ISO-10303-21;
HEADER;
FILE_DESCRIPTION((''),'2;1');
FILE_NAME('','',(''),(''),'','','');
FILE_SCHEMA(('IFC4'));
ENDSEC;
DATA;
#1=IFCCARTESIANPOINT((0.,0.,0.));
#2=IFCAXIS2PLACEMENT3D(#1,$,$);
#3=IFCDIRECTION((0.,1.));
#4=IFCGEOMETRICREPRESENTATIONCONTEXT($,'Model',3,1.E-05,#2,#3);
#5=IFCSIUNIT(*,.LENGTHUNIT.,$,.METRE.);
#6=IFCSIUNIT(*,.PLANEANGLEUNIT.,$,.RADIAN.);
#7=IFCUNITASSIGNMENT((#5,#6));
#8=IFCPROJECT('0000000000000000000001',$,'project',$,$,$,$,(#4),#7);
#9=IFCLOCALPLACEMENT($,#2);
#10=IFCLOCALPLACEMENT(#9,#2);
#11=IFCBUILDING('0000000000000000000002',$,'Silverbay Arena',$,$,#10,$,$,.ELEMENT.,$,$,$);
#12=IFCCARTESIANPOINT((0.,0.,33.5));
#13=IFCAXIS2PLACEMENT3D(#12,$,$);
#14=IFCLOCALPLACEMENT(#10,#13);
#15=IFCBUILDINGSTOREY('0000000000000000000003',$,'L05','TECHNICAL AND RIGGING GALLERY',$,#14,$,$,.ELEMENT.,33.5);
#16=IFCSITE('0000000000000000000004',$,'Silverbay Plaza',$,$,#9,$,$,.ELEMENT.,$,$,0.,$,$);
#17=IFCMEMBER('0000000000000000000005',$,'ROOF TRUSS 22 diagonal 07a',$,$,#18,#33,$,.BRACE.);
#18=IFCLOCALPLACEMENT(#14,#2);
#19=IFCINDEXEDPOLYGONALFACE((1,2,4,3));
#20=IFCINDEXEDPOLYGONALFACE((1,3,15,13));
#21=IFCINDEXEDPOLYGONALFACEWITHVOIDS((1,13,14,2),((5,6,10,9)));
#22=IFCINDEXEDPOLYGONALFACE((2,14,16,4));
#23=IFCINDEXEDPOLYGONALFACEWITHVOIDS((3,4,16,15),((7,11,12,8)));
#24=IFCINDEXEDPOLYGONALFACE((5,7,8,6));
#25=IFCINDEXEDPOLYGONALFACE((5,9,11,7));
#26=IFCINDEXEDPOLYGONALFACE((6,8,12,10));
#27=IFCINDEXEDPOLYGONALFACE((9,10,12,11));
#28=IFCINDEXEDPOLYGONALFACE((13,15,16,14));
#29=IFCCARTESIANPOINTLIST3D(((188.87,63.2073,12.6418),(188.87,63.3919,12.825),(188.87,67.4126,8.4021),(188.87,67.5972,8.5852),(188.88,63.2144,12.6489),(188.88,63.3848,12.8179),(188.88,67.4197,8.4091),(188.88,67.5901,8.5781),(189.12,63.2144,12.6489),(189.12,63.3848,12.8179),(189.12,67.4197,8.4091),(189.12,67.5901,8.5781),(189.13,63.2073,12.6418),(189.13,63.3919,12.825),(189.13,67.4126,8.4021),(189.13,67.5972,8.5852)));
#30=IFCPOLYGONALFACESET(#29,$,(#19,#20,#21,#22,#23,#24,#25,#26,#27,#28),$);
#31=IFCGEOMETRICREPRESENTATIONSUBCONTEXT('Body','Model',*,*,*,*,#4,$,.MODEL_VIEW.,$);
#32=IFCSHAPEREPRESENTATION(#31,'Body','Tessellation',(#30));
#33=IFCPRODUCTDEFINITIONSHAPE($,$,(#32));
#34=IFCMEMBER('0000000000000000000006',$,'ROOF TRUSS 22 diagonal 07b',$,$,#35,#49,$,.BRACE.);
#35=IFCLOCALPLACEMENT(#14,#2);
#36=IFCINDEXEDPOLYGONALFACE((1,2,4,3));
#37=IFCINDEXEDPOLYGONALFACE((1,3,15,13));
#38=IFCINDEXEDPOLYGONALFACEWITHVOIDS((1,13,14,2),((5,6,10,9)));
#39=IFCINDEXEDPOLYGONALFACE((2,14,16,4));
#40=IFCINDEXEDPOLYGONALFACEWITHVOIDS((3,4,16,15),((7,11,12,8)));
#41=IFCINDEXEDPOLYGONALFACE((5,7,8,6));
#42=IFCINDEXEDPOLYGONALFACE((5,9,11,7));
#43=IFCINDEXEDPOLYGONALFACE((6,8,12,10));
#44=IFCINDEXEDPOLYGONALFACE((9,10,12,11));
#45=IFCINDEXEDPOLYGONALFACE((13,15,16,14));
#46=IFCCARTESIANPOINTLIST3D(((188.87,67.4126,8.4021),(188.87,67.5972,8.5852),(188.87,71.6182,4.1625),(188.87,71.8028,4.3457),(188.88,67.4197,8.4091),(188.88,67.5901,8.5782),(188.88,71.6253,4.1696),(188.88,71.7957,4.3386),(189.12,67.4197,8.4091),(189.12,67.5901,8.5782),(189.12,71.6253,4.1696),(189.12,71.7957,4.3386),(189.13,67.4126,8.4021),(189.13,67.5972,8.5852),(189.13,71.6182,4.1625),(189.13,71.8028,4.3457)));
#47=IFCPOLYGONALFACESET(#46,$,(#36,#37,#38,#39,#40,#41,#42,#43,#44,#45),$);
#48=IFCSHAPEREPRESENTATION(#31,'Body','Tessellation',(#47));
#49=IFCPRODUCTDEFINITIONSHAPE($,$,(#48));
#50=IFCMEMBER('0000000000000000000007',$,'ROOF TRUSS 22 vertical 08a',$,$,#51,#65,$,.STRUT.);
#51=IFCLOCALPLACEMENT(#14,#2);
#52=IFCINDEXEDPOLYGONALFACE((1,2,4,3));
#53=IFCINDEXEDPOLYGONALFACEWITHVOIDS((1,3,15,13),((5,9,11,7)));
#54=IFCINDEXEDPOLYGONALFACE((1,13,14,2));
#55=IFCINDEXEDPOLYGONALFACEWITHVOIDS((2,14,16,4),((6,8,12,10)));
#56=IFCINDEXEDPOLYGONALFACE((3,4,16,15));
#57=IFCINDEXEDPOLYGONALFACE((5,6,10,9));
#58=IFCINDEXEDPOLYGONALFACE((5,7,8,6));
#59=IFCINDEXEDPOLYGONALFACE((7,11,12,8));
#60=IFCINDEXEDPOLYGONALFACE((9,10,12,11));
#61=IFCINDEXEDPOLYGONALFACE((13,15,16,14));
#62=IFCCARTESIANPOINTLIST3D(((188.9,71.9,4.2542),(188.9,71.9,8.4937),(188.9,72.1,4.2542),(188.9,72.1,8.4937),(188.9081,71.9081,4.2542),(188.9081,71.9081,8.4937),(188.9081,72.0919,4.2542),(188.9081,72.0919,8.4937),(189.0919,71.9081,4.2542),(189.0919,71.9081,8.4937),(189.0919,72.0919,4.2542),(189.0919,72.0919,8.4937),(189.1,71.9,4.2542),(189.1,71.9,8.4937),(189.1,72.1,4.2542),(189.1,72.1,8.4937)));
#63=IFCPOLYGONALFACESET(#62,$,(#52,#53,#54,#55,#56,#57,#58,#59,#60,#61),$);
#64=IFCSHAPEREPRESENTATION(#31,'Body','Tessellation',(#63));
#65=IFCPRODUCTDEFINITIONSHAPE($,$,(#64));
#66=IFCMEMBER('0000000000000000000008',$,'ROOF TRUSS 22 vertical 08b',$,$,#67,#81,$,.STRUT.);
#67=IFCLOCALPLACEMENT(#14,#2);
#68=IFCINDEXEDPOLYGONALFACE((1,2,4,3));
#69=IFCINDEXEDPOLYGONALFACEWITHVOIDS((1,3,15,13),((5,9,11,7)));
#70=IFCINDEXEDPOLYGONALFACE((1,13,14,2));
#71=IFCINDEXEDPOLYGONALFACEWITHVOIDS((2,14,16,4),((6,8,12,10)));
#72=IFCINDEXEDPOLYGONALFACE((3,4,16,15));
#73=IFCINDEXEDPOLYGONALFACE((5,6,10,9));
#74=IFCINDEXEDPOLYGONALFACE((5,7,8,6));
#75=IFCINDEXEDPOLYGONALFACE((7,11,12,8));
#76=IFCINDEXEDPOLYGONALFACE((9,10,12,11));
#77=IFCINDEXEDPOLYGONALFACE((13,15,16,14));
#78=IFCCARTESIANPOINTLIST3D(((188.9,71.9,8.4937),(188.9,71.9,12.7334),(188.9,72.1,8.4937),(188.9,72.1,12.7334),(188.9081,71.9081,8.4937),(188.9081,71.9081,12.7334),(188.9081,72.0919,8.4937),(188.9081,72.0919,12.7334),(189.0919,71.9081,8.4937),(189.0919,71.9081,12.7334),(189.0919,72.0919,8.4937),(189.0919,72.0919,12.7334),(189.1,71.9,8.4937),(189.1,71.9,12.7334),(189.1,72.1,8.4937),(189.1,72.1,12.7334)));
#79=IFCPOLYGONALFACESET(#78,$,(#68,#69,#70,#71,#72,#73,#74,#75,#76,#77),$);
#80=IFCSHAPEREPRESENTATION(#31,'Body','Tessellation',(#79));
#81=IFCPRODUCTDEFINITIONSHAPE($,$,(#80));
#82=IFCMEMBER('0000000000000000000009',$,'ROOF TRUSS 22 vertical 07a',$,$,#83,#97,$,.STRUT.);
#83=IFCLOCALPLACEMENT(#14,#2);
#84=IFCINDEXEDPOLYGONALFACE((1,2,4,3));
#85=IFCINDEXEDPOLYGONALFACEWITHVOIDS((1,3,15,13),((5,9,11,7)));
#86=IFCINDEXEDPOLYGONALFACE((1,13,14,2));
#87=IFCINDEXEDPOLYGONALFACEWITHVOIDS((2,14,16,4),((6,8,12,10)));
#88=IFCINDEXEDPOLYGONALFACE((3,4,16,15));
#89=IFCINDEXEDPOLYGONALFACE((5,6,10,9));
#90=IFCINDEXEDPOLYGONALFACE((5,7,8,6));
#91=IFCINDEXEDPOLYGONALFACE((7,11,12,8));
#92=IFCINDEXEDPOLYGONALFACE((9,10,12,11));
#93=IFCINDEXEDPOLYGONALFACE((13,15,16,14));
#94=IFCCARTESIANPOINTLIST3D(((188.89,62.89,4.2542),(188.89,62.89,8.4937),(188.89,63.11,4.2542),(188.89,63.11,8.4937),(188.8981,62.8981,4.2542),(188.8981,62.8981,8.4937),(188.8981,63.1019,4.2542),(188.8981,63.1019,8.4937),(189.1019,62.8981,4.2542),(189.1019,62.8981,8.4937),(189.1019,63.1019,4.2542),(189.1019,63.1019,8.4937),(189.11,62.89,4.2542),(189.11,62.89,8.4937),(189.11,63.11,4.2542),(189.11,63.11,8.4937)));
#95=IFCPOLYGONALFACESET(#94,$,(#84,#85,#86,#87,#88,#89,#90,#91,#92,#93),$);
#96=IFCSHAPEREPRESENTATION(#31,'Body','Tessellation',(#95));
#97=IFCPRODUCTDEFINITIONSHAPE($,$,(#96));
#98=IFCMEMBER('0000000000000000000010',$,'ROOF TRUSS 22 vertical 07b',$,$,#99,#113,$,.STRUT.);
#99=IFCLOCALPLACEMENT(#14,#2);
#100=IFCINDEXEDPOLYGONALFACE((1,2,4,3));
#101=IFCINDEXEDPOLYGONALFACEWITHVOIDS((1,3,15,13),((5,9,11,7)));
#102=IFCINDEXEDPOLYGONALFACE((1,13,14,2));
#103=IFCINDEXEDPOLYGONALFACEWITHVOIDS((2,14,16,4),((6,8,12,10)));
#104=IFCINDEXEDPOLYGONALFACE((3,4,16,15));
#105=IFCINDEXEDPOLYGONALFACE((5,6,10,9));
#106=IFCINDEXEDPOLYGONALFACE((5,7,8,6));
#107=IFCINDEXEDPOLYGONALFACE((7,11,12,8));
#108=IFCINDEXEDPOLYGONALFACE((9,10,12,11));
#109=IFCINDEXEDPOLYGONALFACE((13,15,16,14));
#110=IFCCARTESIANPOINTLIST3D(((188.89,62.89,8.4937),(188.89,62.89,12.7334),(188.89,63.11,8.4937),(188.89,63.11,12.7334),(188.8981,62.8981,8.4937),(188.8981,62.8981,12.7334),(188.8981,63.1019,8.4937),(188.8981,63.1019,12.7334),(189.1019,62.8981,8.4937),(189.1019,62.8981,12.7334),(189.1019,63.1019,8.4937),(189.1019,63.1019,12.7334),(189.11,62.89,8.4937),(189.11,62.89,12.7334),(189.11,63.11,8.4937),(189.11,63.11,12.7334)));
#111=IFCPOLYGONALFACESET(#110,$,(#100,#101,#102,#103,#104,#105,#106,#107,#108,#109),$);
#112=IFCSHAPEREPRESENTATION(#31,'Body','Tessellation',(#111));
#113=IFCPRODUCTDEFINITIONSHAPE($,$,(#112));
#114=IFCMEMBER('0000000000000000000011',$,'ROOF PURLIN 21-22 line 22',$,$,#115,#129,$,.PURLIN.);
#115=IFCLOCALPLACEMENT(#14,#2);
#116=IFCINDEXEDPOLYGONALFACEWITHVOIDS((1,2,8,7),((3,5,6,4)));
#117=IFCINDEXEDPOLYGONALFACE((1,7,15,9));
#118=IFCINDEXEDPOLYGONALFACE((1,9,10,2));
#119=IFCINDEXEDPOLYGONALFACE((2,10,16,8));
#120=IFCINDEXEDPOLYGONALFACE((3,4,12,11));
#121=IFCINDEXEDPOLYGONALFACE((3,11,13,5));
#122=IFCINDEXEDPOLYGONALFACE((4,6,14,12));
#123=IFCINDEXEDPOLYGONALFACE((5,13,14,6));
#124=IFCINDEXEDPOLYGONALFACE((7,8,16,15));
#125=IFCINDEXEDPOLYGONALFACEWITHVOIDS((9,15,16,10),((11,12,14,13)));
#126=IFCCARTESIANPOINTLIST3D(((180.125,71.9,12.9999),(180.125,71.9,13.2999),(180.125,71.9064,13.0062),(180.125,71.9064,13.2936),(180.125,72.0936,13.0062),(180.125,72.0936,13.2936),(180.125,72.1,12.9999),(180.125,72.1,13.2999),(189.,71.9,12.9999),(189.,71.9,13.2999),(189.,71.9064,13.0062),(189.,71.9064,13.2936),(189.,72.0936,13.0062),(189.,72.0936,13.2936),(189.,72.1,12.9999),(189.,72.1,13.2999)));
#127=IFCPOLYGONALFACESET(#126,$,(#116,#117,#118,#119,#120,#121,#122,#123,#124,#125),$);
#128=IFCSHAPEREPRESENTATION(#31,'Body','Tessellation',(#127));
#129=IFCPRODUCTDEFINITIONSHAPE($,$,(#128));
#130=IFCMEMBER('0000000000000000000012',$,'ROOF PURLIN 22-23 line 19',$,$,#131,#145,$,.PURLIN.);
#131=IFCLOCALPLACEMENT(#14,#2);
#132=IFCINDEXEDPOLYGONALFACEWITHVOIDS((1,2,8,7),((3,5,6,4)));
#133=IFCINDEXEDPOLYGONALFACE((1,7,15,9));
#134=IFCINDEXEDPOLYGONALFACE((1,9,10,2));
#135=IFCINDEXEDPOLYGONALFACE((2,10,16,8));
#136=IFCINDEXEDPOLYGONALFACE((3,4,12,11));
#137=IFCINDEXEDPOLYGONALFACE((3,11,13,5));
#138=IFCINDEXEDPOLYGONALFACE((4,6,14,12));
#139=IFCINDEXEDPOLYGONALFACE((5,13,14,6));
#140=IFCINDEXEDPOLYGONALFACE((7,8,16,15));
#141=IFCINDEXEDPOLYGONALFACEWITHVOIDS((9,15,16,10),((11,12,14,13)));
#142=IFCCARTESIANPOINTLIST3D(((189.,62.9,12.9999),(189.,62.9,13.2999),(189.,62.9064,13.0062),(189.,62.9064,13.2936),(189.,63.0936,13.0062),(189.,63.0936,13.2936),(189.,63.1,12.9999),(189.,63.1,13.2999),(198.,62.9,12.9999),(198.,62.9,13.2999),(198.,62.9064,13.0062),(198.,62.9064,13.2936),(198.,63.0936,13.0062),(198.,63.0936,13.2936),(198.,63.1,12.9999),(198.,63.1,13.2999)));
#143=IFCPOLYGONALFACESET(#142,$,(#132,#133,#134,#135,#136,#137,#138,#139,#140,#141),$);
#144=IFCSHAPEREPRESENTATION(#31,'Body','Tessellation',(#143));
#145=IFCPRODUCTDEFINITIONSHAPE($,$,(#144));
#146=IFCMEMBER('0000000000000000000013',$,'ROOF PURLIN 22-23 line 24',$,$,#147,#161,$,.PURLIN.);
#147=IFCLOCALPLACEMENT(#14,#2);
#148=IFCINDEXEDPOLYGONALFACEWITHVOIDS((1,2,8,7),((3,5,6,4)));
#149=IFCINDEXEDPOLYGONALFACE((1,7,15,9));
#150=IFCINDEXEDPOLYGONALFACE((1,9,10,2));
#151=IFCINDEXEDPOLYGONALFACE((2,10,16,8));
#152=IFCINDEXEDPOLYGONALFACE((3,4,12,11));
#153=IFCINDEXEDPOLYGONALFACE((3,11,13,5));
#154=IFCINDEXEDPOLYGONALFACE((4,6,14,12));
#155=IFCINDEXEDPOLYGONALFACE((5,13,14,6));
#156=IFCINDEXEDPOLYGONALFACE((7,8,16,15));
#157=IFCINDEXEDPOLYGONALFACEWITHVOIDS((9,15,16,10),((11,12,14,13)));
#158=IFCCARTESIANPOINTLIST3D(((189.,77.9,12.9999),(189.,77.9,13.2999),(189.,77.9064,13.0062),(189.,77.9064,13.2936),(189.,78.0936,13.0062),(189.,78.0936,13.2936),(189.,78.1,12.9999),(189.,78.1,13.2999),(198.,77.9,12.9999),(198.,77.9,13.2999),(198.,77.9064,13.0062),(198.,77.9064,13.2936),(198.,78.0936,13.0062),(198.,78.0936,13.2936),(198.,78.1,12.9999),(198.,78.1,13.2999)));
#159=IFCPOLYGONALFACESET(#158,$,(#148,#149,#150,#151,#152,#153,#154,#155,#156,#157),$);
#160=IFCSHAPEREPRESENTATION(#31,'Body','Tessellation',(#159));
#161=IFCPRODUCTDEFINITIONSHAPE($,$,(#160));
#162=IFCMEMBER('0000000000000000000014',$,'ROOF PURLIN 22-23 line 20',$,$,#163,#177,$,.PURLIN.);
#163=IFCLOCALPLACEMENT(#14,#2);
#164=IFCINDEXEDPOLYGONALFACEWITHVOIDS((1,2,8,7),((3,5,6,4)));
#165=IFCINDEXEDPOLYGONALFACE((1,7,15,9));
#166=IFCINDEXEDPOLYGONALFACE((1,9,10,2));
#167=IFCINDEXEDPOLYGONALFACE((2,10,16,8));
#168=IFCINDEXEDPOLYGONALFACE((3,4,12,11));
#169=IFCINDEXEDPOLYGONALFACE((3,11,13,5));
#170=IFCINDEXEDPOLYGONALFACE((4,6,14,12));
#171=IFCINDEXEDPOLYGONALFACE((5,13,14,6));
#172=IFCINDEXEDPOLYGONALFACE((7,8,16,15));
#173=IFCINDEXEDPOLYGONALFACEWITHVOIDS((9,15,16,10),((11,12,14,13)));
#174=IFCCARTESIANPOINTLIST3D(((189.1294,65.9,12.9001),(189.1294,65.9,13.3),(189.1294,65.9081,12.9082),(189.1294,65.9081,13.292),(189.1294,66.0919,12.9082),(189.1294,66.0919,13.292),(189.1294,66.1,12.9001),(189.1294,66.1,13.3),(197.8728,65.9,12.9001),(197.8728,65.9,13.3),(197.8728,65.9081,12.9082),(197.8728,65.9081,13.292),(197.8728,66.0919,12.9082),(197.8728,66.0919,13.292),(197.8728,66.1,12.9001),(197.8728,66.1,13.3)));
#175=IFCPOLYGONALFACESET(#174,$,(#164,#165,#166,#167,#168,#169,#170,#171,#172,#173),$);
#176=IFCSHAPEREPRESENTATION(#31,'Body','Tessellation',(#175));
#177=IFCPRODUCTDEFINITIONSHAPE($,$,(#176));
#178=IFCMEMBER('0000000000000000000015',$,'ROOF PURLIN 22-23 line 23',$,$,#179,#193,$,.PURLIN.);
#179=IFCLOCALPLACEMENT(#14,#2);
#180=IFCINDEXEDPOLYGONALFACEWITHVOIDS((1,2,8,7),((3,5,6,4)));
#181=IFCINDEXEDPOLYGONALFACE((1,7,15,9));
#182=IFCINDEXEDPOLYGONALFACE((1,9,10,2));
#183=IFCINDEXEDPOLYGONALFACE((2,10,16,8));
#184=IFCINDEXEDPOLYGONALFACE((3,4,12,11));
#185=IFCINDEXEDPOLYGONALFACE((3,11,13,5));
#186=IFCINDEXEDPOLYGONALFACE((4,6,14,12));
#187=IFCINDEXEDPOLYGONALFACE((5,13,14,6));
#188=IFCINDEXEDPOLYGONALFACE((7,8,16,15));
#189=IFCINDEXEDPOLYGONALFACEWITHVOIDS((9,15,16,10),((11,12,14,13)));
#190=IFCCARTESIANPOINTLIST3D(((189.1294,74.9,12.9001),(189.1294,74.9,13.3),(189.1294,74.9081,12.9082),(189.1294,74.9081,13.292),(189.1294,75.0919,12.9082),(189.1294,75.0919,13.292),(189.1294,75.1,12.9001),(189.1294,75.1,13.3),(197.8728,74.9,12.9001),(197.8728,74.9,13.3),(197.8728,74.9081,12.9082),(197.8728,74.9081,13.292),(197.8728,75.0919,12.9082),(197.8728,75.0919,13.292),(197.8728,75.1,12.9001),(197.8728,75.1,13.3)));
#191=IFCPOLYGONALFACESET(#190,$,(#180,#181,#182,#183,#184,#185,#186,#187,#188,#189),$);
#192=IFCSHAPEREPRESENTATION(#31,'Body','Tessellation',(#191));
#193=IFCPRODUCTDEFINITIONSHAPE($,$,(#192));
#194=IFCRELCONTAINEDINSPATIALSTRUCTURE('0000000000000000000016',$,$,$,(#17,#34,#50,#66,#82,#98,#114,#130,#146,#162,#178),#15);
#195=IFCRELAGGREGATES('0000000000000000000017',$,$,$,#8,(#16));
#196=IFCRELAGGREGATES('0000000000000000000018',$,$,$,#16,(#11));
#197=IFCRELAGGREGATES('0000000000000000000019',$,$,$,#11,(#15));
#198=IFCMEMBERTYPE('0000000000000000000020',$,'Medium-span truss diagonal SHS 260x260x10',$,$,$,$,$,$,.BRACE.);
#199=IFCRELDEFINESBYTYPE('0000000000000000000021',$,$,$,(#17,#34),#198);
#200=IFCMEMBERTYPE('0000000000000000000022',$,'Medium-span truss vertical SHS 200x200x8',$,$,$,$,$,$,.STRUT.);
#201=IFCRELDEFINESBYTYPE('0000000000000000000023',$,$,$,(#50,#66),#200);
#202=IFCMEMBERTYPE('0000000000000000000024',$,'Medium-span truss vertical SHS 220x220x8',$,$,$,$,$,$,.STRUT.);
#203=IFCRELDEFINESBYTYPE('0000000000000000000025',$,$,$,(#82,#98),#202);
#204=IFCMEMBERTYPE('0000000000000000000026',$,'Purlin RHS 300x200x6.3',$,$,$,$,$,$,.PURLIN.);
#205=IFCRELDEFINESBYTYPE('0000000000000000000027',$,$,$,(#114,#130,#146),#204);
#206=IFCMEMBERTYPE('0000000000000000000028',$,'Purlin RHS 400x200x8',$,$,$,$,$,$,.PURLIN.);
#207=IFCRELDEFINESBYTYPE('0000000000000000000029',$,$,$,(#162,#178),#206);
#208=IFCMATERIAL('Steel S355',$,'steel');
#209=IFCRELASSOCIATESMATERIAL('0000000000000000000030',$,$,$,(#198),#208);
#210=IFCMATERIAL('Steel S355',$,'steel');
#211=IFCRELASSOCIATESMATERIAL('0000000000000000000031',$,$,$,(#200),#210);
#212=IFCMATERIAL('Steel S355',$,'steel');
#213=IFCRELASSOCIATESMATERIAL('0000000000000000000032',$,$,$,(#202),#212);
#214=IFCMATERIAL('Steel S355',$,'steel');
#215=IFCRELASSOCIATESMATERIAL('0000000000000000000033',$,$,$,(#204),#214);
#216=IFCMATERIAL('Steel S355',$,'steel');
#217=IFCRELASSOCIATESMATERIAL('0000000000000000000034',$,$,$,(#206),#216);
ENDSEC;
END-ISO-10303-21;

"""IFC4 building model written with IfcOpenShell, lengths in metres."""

from ifc_helpers import new_model, si_unit, direction, frame, origin, origin_2d, place, context, subcontext, project, spatial, hollow_rectangle, extrude, material, material_profile, profile_set, type_object, element, save


model = new_model("IFC4")

# Units and contexts
model_context = context("Model", 3, precision=1e-05, world=origin(), true_north=direction((0.0, 1.0)))
body_context = subcontext(model_context, "Body", "Model", "MODEL_VIEW")
ifc_project = project(units=[si_unit("LENGTHUNIT", "METRE"), si_unit("PLANEANGLEUNIT", "RADIAN")], contexts=[model_context])

# Site, building, storey
site_placement = place(None, origin())
site = spatial("IfcSite", under=ifc_project, at=site_placement, Name="Silverbay Plaza", CompositionType="ELEMENT", RefElevation=0.0)
building_placement = place(site_placement, origin())
building = spatial("IfcBuilding", under=site, at=building_placement, Name="Silverbay Arena", CompositionType="ELEMENT")
storey_placement = place(building_placement, frame((0.0, 0.0, 33.5)))
storey = spatial("IfcBuildingStorey", under=building, at=storey_placement, Name="L05", Description="TECHNICAL AND RIGGING GALLERY", CompositionType="ELEMENT", Elevation=33.5)

# Members
ifc_material_1 = material(Name="Steel S355", Category="steel")
ifc_material_profile_1 = material_profile(ifc_material_1, hollow_rectangle(XDim=0.26, YDim=0.26, WallThickness=0.01, at=origin_2d()), Name="SHS 260x260x10")
ifc_profile_set_1 = profile_set([ifc_material_profile_1], Name="Steel S355")
member_type_1 = type_object("IfcMemberType", Name="Medium-span truss diagonal SHS 260x260x10", PredefinedType="BRACE", material=ifc_profile_set_1)
for number, where, z_axis, x_axis, name in (
    (1, (189.0, 63.2996, 12.7334), (0.0, 0.704219, -0.709983), (-1.0, 0.0, 0.0), "ROOF TRUSS 22 diagonal 07a"),
    (2, (189.0, 67.5049, 8.4937), (0.0, 0.70426, -0.709942), (-1.0, 0.0, 0.0), "ROOF TRUSS 22 diagonal 07b"),
):
    element("IfcMember", number, at=place(storey_placement, frame(where, z_axis=z_axis, x_axis=x_axis)), inside=storey, type_object=member_type_1, Name=name, PredefinedType="BRACE", context=body_context, shape_type="SweptSolid", body=[
        extrude(hollow_rectangle(XDim=0.26, YDim=0.26, WallThickness=0.01, at=origin_2d()), origin(), (0.0, 0.0, 1.0), 5.9717),
    ])
ifc_material_2 = material(Name="Steel S355", Category="steel")
ifc_material_profile_2 = material_profile(ifc_material_2, hollow_rectangle(XDim=0.2, YDim=0.2, WallThickness=0.0081, at=origin_2d()), Name="SHS 200x200x8")
ifc_profile_set_2 = profile_set([ifc_material_profile_2], Name="Steel S355")
member_type_2 = type_object("IfcMemberType", Name="Medium-span truss vertical SHS 200x200x8", PredefinedType="STRUT", material=ifc_profile_set_2)
member_1_placement = place(storey_placement, frame((189.0, 72.0, 4.2542), z_axis=(0.0, 0.0, 1.0), x_axis=(1.0, 0.0, 0.0)))
element("IfcMember", 3, at=member_1_placement, inside=storey, type_object=member_type_2, Name="ROOF TRUSS 22 vertical 08a", PredefinedType="STRUT", context=body_context, shape_type="SweptSolid", body=[
    extrude(hollow_rectangle(XDim=0.2, YDim=0.2, WallThickness=0.0081, at=origin_2d()), origin(), (0.0, 0.0, 1.0), 4.2395),
])
member_2_placement = place(storey_placement, frame((189.0, 72.0, 8.4937), z_axis=(0.0, 0.0, 1.0), x_axis=(1.0, 0.0, 0.0)))
element("IfcMember", 4, at=member_2_placement, inside=storey, type_object=member_type_2, Name="ROOF TRUSS 22 vertical 08b", PredefinedType="STRUT", context=body_context, shape_type="SweptSolid", body=[
    extrude(hollow_rectangle(XDim=0.2, YDim=0.2, WallThickness=0.0081, at=origin_2d()), origin(), (0.0, 0.0, 1.0), 4.2397),
])
ifc_material_3 = material(Name="Steel S355", Category="steel")
ifc_material_profile_3 = material_profile(ifc_material_3, hollow_rectangle(XDim=0.22, YDim=0.22, WallThickness=0.0081, at=origin_2d()), Name="SHS 220x220x8")
ifc_profile_set_3 = profile_set([ifc_material_profile_3], Name="Steel S355")
member_type_3 = type_object("IfcMemberType", Name="Medium-span truss vertical SHS 220x220x8", PredefinedType="STRUT", material=ifc_profile_set_3)
member_3_placement = place(storey_placement, frame((189.0, 63.0, 4.2542), z_axis=(0.0, 0.0, 1.0), x_axis=(1.0, 0.0, 0.0)))
element("IfcMember", 5, at=member_3_placement, inside=storey, type_object=member_type_3, Name="ROOF TRUSS 22 vertical 07a", PredefinedType="STRUT", context=body_context, shape_type="SweptSolid", body=[
    extrude(hollow_rectangle(XDim=0.22, YDim=0.22, WallThickness=0.0081, at=origin_2d()), origin(), (0.0, 0.0, 1.0), 4.2395),
])
member_4_placement = place(storey_placement, frame((189.0, 63.0, 8.4937), z_axis=(0.0, 0.0, 1.0), x_axis=(1.0, 0.0, 0.0)))
element("IfcMember", 6, at=member_4_placement, inside=storey, type_object=member_type_3, Name="ROOF TRUSS 22 vertical 07b", PredefinedType="STRUT", context=body_context, shape_type="SweptSolid", body=[
    extrude(hollow_rectangle(XDim=0.22, YDim=0.22, WallThickness=0.0081, at=origin_2d()), origin(), (0.0, 0.0, 1.0), 4.2397),
])
ifc_material_4 = material(Name="Steel S355", Category="steel")
ifc_material_profile_4 = material_profile(ifc_material_4, hollow_rectangle(XDim=0.2, YDim=0.3, WallThickness=0.0063, at=origin_2d()), Name="RHS 300x200x6.3")
ifc_profile_set_4 = profile_set([ifc_material_profile_4], Name="Steel S355")
member_type_4 = type_object("IfcMemberType", Name="Purlin RHS 300x200x6.3", PredefinedType="PURLIN", material=ifc_profile_set_4)
member_5_placement = place(storey_placement, frame((180.125, 72.0, 13.1499), z_axis=(1.0, 0.0, 0.0), x_axis=(0.0, 1.0, 0.0)))
element("IfcMember", 7, at=member_5_placement, inside=storey, type_object=member_type_4, Name="ROOF PURLIN 21-22 line 22", PredefinedType="PURLIN", context=body_context, shape_type="SweptSolid", body=[
    extrude(hollow_rectangle(XDim=0.2, YDim=0.3, WallThickness=0.0063, at=origin_2d()), origin(), (0.0, 0.0, 1.0), 8.875),
])
for number, where, z_axis, x_axis, name in (
    (8, (189.0, 63.0, 13.1499), (1.0, 0.0, 0.0), (0.0, 1.0, 0.0), "ROOF PURLIN 22-23 line 19"),
    (9, (189.0, 78.0, 13.1499), (1.0, 0.0, 0.0), (0.0, 1.0, 0.0), "ROOF PURLIN 22-23 line 24"),
):
    element("IfcMember", number, at=place(storey_placement, frame(where, z_axis=z_axis, x_axis=x_axis)), inside=storey, type_object=member_type_4, Name=name, PredefinedType="PURLIN", context=body_context, shape_type="SweptSolid", body=[
        extrude(hollow_rectangle(XDim=0.2, YDim=0.3, WallThickness=0.0063, at=origin_2d()), origin(), (0.0, 0.0, 1.0), 9.0),
    ])
ifc_material_5 = material(Name="Steel S355", Category="steel")
ifc_material_profile_5 = material_profile(ifc_material_5, hollow_rectangle(XDim=0.2, YDim=0.3999, WallThickness=0.0081, at=origin_2d()), Name="RHS 400x200x8")
ifc_profile_set_5 = profile_set([ifc_material_profile_5], Name="Steel S355")
member_type_5 = type_object("IfcMemberType", Name="Purlin RHS 400x200x8", PredefinedType="PURLIN", material=ifc_profile_set_5)
for number, where, z_axis, x_axis, name in (
    (10, (189.1294, 66.0, 13.1001), (1.0, 0.0, 0.0), (0.0, 1.0, 0.0), "ROOF PURLIN 22-23 line 20"),
    (11, (189.1294, 75.0, 13.1001), (1.0, 0.0, 0.0), (0.0, 1.0, 0.0), "ROOF PURLIN 22-23 line 23"),
):
    element("IfcMember", number, at=place(storey_placement, frame(where, z_axis=z_axis, x_axis=x_axis)), inside=storey, type_object=member_type_5, Name=name, PredefinedType="PURLIN", context=body_context, shape_type="SweptSolid", body=[
        extrude(hollow_rectangle(XDim=0.2, YDim=0.3999, WallThickness=0.0081, at=origin_2d()), origin(), (0.0, 0.0, 1.0), 8.7434),
    ])

save(model, "model.ifc")
